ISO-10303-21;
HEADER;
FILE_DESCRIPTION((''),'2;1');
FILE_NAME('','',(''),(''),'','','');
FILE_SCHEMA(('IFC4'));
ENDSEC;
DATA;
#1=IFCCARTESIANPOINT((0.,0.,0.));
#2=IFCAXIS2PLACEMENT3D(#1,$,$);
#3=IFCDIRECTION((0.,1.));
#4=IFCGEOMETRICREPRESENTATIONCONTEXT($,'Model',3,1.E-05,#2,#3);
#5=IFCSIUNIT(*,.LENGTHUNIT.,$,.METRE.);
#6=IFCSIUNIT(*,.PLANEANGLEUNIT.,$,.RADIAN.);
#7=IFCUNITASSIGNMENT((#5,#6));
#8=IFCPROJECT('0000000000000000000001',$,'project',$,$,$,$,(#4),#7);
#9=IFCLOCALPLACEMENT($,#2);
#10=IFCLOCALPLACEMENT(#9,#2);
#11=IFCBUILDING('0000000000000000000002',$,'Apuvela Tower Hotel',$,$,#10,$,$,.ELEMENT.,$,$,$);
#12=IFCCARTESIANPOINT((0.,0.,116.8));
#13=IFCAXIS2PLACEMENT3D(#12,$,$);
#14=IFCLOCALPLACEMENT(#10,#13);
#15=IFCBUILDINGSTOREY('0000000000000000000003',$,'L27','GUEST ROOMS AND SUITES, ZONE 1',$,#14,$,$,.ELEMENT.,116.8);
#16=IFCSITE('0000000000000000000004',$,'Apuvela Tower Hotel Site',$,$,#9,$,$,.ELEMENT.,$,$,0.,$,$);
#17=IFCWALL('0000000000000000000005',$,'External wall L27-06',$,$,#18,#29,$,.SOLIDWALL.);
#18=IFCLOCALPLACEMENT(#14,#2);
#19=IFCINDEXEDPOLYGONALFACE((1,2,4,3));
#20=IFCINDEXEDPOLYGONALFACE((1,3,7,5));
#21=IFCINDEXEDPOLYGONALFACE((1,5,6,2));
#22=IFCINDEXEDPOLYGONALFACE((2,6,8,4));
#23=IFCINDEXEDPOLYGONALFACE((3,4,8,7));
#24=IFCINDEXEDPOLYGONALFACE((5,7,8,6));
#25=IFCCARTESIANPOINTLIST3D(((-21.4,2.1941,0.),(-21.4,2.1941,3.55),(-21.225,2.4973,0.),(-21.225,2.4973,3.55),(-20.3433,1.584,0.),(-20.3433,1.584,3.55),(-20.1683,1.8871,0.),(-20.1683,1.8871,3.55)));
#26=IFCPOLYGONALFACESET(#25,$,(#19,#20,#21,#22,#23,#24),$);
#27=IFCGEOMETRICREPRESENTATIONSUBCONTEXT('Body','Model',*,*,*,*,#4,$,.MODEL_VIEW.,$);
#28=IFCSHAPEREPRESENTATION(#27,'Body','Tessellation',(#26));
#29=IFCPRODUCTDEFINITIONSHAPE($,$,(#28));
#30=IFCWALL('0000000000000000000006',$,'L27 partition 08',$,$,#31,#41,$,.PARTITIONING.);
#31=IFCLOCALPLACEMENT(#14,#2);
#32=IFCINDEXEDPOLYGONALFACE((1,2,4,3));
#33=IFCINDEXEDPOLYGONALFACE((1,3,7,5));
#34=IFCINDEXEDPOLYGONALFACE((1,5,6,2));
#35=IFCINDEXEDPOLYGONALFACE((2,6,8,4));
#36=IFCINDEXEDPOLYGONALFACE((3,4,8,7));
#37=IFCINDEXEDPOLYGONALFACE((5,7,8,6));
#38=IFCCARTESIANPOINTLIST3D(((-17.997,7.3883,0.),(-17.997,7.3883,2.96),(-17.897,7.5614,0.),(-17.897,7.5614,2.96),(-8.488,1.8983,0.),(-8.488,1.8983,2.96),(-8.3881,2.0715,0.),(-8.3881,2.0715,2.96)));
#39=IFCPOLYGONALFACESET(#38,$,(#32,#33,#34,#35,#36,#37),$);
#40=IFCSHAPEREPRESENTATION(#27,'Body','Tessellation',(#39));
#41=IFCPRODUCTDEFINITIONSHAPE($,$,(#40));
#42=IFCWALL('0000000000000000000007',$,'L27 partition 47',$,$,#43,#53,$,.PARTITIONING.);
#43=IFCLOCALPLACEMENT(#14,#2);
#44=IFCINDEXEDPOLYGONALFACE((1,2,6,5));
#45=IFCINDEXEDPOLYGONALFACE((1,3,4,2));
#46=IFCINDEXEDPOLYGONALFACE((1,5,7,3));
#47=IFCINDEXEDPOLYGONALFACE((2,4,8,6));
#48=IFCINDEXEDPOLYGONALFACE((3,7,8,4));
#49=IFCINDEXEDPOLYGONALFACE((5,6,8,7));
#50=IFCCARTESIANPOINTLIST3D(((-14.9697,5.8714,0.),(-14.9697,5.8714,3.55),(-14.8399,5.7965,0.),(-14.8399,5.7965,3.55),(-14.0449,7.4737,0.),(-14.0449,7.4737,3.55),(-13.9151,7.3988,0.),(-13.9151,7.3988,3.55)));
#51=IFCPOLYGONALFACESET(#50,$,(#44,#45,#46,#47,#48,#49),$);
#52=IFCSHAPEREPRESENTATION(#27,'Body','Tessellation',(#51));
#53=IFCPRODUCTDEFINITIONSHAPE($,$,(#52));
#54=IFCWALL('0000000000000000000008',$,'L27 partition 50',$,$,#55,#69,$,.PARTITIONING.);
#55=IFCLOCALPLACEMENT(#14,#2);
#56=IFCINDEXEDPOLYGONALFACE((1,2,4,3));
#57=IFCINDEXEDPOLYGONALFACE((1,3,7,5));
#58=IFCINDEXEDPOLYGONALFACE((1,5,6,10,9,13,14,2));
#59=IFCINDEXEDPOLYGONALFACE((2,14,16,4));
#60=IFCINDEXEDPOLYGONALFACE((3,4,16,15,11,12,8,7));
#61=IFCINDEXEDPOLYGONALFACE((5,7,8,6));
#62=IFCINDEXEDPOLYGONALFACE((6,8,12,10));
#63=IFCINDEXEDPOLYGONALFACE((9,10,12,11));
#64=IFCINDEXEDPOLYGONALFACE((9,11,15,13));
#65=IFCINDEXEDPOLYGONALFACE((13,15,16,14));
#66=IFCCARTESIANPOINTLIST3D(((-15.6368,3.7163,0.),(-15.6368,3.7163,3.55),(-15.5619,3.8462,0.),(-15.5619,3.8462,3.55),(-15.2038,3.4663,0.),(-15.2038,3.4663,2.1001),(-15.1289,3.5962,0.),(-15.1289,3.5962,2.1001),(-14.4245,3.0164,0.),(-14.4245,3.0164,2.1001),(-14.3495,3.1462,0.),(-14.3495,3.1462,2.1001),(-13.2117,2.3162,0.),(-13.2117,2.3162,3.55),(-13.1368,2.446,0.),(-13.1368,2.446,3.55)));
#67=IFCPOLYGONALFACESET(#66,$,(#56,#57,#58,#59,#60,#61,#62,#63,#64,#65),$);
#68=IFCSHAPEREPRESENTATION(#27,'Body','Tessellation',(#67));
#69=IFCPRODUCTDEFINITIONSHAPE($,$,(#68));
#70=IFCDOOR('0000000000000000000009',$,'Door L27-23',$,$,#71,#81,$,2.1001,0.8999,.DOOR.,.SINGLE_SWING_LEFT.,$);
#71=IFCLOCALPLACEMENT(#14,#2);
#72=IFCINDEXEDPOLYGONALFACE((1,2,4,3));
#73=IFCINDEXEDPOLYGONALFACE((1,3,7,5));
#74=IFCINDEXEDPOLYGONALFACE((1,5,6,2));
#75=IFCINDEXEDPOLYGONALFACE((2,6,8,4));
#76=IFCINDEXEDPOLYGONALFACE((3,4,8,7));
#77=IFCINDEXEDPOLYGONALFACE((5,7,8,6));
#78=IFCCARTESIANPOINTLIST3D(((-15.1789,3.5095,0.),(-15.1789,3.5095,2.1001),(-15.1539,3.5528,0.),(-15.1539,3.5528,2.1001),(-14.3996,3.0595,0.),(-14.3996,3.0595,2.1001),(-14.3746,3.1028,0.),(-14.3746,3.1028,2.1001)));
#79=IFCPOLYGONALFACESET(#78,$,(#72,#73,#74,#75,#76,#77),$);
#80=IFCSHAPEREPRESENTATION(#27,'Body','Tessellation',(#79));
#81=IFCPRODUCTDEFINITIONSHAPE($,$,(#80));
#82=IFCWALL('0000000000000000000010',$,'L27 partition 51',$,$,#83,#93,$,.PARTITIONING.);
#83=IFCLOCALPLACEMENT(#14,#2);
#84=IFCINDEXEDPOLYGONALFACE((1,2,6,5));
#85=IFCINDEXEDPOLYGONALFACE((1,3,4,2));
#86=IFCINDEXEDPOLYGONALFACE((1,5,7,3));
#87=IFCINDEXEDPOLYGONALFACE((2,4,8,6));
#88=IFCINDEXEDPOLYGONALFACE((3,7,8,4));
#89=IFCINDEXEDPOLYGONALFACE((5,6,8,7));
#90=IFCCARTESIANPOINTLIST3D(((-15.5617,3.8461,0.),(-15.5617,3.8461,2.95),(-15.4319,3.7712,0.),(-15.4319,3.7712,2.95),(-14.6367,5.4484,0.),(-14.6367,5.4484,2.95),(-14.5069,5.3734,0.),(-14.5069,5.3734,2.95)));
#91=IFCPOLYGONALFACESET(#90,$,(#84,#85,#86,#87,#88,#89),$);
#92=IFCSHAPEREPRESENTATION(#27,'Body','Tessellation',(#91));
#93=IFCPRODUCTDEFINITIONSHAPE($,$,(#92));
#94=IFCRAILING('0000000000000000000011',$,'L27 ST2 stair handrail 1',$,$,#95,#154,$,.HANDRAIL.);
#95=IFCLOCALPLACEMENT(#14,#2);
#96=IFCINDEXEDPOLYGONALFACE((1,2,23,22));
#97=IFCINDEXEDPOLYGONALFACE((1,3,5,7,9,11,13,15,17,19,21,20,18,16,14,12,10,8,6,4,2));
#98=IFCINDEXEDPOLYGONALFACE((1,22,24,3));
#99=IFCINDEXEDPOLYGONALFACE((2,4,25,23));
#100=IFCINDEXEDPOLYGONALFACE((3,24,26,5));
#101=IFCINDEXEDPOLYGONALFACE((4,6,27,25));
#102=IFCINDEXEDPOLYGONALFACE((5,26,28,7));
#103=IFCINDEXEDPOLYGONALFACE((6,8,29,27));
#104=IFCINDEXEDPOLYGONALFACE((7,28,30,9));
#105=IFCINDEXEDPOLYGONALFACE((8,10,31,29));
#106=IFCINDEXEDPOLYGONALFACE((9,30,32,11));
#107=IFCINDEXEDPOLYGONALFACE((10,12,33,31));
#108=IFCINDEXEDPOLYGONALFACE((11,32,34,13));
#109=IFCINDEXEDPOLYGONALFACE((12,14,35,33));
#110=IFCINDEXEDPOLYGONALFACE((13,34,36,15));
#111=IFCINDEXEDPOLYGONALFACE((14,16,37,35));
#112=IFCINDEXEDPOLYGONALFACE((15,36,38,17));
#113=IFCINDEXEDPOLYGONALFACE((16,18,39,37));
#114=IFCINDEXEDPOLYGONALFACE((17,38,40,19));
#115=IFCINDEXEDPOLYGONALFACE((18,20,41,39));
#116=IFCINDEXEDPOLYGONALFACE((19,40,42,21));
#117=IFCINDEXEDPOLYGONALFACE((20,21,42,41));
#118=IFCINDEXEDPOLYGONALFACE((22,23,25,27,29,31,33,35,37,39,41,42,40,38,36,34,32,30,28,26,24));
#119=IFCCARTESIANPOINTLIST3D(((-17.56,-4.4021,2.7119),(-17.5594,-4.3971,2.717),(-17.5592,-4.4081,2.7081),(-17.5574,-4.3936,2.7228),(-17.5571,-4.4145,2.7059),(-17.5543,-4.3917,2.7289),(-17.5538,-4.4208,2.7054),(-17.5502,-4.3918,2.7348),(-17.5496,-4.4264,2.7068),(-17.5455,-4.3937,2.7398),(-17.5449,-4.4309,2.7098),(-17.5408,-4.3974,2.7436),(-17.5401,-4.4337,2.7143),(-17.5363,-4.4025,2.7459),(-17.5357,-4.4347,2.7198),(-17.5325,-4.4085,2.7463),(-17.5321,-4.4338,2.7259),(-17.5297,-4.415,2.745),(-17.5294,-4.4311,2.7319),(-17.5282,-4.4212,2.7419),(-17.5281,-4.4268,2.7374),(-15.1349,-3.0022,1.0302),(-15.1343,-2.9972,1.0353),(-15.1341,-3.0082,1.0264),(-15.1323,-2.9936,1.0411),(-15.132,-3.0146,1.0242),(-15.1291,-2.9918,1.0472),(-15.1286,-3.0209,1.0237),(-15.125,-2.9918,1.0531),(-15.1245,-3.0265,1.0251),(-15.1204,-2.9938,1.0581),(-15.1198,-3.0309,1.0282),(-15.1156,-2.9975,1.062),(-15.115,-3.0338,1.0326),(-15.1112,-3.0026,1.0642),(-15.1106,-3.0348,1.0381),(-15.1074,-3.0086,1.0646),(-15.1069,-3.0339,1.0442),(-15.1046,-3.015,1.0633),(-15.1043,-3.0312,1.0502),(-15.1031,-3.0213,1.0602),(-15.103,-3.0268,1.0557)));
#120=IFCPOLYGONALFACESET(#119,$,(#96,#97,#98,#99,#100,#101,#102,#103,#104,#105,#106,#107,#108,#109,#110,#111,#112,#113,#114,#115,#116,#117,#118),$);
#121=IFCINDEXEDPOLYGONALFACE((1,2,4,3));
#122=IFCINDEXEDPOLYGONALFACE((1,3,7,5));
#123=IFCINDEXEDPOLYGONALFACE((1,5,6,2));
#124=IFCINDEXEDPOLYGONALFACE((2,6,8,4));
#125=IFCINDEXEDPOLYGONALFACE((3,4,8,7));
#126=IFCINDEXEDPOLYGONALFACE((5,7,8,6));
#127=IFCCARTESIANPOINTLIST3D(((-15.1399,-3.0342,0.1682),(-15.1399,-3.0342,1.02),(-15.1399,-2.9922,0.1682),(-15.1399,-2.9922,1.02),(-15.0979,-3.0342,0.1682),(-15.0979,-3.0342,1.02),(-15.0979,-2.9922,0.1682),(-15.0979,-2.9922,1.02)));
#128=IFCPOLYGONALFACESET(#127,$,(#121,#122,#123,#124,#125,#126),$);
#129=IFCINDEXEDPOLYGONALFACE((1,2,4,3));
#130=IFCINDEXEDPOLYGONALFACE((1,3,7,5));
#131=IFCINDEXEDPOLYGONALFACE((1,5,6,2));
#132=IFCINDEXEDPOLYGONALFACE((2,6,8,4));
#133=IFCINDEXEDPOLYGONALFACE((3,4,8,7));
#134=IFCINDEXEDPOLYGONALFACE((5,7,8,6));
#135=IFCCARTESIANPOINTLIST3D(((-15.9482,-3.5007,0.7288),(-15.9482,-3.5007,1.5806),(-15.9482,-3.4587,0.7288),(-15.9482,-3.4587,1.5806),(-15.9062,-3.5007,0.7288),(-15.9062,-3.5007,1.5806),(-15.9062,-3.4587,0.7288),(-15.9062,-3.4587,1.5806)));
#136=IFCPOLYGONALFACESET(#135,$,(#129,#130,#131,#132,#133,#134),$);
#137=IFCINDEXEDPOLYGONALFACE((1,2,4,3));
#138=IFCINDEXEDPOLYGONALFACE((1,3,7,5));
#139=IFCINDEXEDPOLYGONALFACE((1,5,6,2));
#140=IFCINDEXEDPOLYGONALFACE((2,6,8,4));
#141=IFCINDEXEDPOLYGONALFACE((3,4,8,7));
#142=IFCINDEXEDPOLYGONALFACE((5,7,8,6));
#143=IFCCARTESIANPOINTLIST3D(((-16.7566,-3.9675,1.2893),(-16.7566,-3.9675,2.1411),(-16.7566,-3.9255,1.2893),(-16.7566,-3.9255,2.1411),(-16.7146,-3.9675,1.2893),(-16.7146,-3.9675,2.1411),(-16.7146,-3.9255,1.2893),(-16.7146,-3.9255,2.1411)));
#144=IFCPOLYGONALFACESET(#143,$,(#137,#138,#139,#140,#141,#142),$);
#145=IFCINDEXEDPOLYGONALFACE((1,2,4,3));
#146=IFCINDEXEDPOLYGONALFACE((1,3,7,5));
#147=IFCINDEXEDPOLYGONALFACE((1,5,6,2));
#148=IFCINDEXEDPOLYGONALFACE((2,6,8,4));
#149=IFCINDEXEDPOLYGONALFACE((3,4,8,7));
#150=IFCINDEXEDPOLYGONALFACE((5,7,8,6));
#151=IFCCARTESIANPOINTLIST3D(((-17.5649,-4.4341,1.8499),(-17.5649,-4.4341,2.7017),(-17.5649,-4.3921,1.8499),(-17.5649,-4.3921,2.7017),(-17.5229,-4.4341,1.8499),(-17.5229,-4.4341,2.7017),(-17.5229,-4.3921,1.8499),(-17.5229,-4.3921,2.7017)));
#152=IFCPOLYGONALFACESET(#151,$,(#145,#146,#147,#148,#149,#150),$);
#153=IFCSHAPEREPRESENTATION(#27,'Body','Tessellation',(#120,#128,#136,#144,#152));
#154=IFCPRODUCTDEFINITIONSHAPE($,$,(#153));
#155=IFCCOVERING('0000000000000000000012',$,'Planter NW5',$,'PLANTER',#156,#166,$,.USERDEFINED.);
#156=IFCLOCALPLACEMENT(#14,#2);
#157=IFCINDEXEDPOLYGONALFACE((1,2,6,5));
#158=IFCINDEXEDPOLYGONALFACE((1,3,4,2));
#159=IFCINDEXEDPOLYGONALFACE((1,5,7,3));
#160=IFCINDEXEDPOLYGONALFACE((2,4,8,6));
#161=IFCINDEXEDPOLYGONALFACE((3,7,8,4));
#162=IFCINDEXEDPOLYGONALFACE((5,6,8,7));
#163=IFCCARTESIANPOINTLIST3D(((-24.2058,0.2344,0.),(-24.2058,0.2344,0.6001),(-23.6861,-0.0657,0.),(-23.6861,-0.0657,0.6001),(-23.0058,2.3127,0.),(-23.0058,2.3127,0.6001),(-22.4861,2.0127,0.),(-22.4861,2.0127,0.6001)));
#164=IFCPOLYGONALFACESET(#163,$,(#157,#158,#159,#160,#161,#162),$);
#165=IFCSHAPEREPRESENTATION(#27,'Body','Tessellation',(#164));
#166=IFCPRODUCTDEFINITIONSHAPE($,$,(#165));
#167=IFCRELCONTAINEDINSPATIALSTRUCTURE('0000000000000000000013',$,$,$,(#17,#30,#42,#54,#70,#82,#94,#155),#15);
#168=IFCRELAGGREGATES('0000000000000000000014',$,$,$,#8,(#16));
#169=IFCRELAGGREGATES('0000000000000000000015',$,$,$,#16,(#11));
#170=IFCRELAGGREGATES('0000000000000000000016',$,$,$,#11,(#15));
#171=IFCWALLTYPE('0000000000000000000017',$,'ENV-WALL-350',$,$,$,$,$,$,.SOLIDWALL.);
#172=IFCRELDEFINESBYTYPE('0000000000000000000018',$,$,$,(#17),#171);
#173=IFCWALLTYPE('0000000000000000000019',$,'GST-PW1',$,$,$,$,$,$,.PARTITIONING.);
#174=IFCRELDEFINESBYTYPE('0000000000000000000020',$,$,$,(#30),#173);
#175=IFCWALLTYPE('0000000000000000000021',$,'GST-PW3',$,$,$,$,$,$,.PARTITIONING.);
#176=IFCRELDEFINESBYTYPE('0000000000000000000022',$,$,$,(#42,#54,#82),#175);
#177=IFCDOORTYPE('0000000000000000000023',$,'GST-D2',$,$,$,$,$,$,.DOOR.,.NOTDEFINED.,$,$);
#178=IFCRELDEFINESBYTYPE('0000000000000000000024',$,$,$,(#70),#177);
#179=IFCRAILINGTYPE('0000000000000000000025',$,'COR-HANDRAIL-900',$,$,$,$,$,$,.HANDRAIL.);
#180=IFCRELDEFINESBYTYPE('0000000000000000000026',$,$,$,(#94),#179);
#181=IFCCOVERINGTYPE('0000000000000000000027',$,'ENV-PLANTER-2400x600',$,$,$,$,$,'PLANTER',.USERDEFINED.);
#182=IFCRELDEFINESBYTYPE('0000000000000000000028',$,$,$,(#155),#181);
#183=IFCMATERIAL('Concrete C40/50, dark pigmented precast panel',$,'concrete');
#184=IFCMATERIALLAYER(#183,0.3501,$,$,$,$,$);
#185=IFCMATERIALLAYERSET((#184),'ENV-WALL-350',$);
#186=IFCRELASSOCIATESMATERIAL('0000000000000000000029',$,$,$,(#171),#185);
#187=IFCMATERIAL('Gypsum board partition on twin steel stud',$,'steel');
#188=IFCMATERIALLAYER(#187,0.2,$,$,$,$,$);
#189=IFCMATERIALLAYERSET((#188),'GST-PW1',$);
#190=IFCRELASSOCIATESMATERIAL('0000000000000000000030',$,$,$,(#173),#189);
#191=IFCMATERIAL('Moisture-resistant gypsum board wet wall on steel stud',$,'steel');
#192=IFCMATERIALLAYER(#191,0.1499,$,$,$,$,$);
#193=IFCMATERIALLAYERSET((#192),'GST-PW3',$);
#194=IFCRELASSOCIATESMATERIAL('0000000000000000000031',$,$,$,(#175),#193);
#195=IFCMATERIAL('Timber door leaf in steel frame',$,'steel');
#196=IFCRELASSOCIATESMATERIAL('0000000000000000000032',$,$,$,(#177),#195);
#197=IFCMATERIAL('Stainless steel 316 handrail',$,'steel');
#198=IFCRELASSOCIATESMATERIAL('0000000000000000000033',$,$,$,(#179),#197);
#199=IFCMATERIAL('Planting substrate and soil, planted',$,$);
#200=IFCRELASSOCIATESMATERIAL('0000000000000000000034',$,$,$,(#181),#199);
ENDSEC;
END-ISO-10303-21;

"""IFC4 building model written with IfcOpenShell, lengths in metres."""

from ifc_helpers import new_model, si_unit, direction, frame, frame_2d, origin, origin_2d, place, context, subcontext, project, spatial, rectangle, circle, extrude, material, layer, layer_set, type_object, element, fill, save


model = new_model("IFC4")

# Units and contexts
model_context = context("Model", 3, precision=1e-05, world=origin(), true_north=direction((0.0, 1.0)))
body_context = subcontext(model_context, "Body", "Model", "MODEL_VIEW")
ifc_project = project(units=[si_unit("LENGTHUNIT", "METRE"), si_unit("PLANEANGLEUNIT", "RADIAN")], contexts=[model_context])

# Site, building, storey
site_placement = place(None, origin())
site = spatial("IfcSite", under=ifc_project, at=site_placement, Name="Apuvela Tower Hotel Site", CompositionType="ELEMENT", RefElevation=0.0)
building_placement = place(site_placement, origin())
building = spatial("IfcBuilding", under=site, at=building_placement, Name="Apuvela Tower Hotel", CompositionType="ELEMENT")
storey_placement = place(building_placement, frame((0.0, 0.0, 116.8)))
storey = spatial("IfcBuildingStorey", under=building, at=storey_placement, Name="L27", Description="GUEST ROOMS AND SUITES, ZONE 1", CompositionType="ELEMENT", Elevation=116.8)

# Wall
ifc_material_1 = material(Name="Concrete C40/50, dark pigmented precast panel", Category="concrete")
ifc_layer_1 = layer(ifc_material_1, 0.3501)
ifc_layer_set_1 = layer_set([ifc_layer_1], Name="ENV-WALL-350")
wall_type_1 = type_object("IfcWallType", Name="ENV-WALL-350", PredefinedType="SOLIDWALL", material=ifc_layer_set_1)
wall_1_placement = place(storey_placement, frame((-21.3125, 2.3457, 0.0), z_axis=(0.0, 0.0, 1.0), x_axis=(0.866006, -0.500034, 0.0)))
element("IfcWall", 1, at=wall_1_placement, inside=storey, type_object=wall_type_1, Name="External wall L27-06", PredefinedType="SOLIDWALL", context=body_context, shape_type="SweptSolid", body=[
    extrude(rectangle(XDim=1.2202, YDim=0.3501, at=frame_2d((0.6101, 0.0))), origin(), (0.0, 0.0, 1.0), 3.55),
])

# Walls
ifc_material_2 = material(Name="Gypsum board partition on twin steel stud", Category="steel")
ifc_layer_2 = layer(ifc_material_2, 0.2)
ifc_layer_set_2 = layer_set([ifc_layer_2], Name="GST-PW1")
wall_type_2 = type_object("IfcWallType", Name="GST-PW1", PredefinedType="PARTITIONING", material=ifc_layer_set_2)
wall_2_placement = place(storey_placement, frame((-17.947, 7.4749, 0.0), z_axis=(0.0, 0.0, 1.0), x_axis=(0.866027, -0.499996, 0.0)))
element("IfcWall", 2, at=wall_2_placement, inside=storey, type_object=wall_type_2, Name="L27 partition 08", PredefinedType="PARTITIONING", context=body_context, shape_type="SweptSolid", body=[
    extrude(rectangle(XDim=10.98, YDim=0.2, at=frame_2d((5.49, 0.0))), origin(), (0.0, 0.0, 1.0), 2.96),
])
ifc_material_3 = material(Name="Moisture-resistant gypsum board wet wall on steel stud", Category="steel")
ifc_layer_3 = layer(ifc_material_3, 0.1499)
ifc_layer_set_3 = layer_set([ifc_layer_3], Name="GST-PW3")
wall_type_3 = type_object("IfcWallType", Name="GST-PW3", PredefinedType="PARTITIONING", material=ifc_layer_set_3)
wall_3_placement = place(storey_placement, frame((-13.98, 7.4363, 0.0), z_axis=(0.0, 0.0, 1.0), x_axis=(-0.499886, -0.866091, 0.0)))
element("IfcWall", 3, at=wall_3_placement, inside=storey, type_object=wall_type_3, Name="L27 partition 47", PredefinedType="PARTITIONING", context=body_context, shape_type="SweptSolid", body=[
    extrude(rectangle(XDim=1.8501, YDim=0.1499, at=frame_2d((0.925, 0.0))), origin(), (0.0, 0.0, 1.0), 3.55),
])

# Wall, opening, door
wall_4_placement = place(storey_placement, frame((-15.5994, 3.7812, 0.0), z_axis=(0.0, 0.0, 1.0), x_axis=(0.866019, -0.500012, 0.0)))
wall_4 = element("IfcWall", 4, at=wall_4_placement, inside=storey, type_object=wall_type_3, Name="L27 partition 50", PredefinedType="PARTITIONING", context=body_context, shape_type="SweptSolid", body=[
    extrude(rectangle(XDim=2.8003, YDim=0.1499, at=frame_2d((1.4001, 0.0))), origin(), (0.0, 0.0, 1.0), 3.55),
])
opening_1_placement = place(wall_4_placement, frame((0.5, 0.0, 0.0)))
opening_1 = element("IfcOpeningElement", 5, at=opening_1_placement, cuts=wall_4, PredefinedType="OPENING", context=body_context, shape_type="SweptSolid", body=[
    extrude(rectangle(XDim=0.8999, YDim=2.1001, at=frame_2d((0.45, 1.05))), frame((0.0, 0.085, 0.0), z_axis=(0.0, -1.0, 0.0), x_axis=(1.0, 0.0, 0.0)), (0.0, 0.0, 1.0), 0.1699),
])
ifc_material_4 = material(Name="Timber door leaf in steel frame", Category="steel")
door_type_1 = type_object("IfcDoorType", Name="GST-D2", OperationType="NOTDEFINED", PredefinedType="DOOR", material=ifc_material_4)
door_1_placement = place(opening_1_placement, origin())
door_1 = element("IfcDoor", 6, at=door_1_placement, inside=storey, type_object=door_type_1, Name="Door L27-23", OperationType="SINGLE_SWING_LEFT", OverallHeight=2.1001, OverallWidth=0.8999, PredefinedType="DOOR", context=body_context, shape_type="SweptSolid", body=[
    extrude(rectangle(XDim=0.8999, YDim=2.1001, at=frame_2d((0.45, 1.05))), frame((0.0, 0.0249, 0.0), z_axis=(0.0, -1.0, 0.0), x_axis=(1.0, 0.0, 0.0)), (0.0, 0.0, 1.0), 0.05),
])
fill(opening_1, door_1)

# Wall
wall_5_placement = place(storey_placement, frame((-14.5718, 5.4109, 0.0), z_axis=(0.0, 0.0, 1.0), x_axis=(-0.499985, -0.866034, 0.0)))
element("IfcWall", 7, at=wall_5_placement, inside=storey, type_object=wall_type_3, Name="L27 partition 51", PredefinedType="PARTITIONING", context=body_context, shape_type="SweptSolid", body=[
    extrude(rectangle(XDim=1.8501, YDim=0.1499, at=frame_2d((0.925, 0.0))), origin(), (0.0, 0.0, 1.0), 2.95),
])

# Railing
ifc_material_5 = material(Name="Stainless steel 316 handrail", Category="steel")
railing_type = type_object("IfcRailingType", Name="COR-HANDRAIL-900", PredefinedType="HANDRAIL", material=ifc_material_5)
railing_placement = place(storey_placement, frame((-15.1189, -3.0132, 0.1682)))
element("IfcRailing", 8, at=railing_placement, inside=storey, type_object=railing_type, Name="L27 ST2 stair handrail 1", PredefinedType="HANDRAIL", context=body_context, shape_type="SweptSolid", body=[
    extrude(circle(Radius=0.0239, at=origin_2d()), frame((0.0, 0.0, 0.876), z_axis=(-0.742453, -0.428594, 0.514851), x_axis=(0.499946, -0.866056, 0.0)), (0.0, 0.0, 1.0), 3.2664),
    extrude(rectangle(XDim=0.042, YDim=0.042, at=origin_2d()), origin(), (0.0, 0.0, 1.0), 0.8518),
    extrude(rectangle(XDim=0.042, YDim=0.042, at=origin_2d()), frame((-0.8083, -0.4666, 0.5605)), (0.0, 0.0, 1.0), 0.8518),
    extrude(rectangle(XDim=0.042, YDim=0.042, at=origin_2d()), frame((-1.6167, -0.9333, 1.1211)), (0.0, 0.0, 1.0), 0.8518),
    extrude(rectangle(XDim=0.042, YDim=0.042, at=origin_2d()), frame((-2.425, -1.3999, 1.6816)), (0.0, 0.0, 1.0), 0.8518),
])

# Covering
ifc_material_6 = material(Name="Planting substrate and soil, planted")
covering_type = type_object("IfcCoveringType", Name="ENV-PLANTER-2400x600", ElementType="PLANTER", PredefinedType="USERDEFINED", material=ifc_material_6)
covering_placement = place(storey_placement, frame((-23.3459, 1.1235, 0.0), z_axis=(0.0, 0.0, 1.0), x_axis=(-0.5, -0.866025, 0.0)))
element("IfcCovering", 9, at=covering_placement, inside=storey, type_object=covering_type, Name="Planter NW5", ObjectType="PLANTER", PredefinedType="USERDEFINED", context=body_context, shape_type="SweptSolid", body=[
    extrude(rectangle(XDim=2.3999, YDim=0.6001, at=origin_2d()), origin(), (0.0, 0.0, 1.0), 0.6001),
])

save(model, "model.ifc")
